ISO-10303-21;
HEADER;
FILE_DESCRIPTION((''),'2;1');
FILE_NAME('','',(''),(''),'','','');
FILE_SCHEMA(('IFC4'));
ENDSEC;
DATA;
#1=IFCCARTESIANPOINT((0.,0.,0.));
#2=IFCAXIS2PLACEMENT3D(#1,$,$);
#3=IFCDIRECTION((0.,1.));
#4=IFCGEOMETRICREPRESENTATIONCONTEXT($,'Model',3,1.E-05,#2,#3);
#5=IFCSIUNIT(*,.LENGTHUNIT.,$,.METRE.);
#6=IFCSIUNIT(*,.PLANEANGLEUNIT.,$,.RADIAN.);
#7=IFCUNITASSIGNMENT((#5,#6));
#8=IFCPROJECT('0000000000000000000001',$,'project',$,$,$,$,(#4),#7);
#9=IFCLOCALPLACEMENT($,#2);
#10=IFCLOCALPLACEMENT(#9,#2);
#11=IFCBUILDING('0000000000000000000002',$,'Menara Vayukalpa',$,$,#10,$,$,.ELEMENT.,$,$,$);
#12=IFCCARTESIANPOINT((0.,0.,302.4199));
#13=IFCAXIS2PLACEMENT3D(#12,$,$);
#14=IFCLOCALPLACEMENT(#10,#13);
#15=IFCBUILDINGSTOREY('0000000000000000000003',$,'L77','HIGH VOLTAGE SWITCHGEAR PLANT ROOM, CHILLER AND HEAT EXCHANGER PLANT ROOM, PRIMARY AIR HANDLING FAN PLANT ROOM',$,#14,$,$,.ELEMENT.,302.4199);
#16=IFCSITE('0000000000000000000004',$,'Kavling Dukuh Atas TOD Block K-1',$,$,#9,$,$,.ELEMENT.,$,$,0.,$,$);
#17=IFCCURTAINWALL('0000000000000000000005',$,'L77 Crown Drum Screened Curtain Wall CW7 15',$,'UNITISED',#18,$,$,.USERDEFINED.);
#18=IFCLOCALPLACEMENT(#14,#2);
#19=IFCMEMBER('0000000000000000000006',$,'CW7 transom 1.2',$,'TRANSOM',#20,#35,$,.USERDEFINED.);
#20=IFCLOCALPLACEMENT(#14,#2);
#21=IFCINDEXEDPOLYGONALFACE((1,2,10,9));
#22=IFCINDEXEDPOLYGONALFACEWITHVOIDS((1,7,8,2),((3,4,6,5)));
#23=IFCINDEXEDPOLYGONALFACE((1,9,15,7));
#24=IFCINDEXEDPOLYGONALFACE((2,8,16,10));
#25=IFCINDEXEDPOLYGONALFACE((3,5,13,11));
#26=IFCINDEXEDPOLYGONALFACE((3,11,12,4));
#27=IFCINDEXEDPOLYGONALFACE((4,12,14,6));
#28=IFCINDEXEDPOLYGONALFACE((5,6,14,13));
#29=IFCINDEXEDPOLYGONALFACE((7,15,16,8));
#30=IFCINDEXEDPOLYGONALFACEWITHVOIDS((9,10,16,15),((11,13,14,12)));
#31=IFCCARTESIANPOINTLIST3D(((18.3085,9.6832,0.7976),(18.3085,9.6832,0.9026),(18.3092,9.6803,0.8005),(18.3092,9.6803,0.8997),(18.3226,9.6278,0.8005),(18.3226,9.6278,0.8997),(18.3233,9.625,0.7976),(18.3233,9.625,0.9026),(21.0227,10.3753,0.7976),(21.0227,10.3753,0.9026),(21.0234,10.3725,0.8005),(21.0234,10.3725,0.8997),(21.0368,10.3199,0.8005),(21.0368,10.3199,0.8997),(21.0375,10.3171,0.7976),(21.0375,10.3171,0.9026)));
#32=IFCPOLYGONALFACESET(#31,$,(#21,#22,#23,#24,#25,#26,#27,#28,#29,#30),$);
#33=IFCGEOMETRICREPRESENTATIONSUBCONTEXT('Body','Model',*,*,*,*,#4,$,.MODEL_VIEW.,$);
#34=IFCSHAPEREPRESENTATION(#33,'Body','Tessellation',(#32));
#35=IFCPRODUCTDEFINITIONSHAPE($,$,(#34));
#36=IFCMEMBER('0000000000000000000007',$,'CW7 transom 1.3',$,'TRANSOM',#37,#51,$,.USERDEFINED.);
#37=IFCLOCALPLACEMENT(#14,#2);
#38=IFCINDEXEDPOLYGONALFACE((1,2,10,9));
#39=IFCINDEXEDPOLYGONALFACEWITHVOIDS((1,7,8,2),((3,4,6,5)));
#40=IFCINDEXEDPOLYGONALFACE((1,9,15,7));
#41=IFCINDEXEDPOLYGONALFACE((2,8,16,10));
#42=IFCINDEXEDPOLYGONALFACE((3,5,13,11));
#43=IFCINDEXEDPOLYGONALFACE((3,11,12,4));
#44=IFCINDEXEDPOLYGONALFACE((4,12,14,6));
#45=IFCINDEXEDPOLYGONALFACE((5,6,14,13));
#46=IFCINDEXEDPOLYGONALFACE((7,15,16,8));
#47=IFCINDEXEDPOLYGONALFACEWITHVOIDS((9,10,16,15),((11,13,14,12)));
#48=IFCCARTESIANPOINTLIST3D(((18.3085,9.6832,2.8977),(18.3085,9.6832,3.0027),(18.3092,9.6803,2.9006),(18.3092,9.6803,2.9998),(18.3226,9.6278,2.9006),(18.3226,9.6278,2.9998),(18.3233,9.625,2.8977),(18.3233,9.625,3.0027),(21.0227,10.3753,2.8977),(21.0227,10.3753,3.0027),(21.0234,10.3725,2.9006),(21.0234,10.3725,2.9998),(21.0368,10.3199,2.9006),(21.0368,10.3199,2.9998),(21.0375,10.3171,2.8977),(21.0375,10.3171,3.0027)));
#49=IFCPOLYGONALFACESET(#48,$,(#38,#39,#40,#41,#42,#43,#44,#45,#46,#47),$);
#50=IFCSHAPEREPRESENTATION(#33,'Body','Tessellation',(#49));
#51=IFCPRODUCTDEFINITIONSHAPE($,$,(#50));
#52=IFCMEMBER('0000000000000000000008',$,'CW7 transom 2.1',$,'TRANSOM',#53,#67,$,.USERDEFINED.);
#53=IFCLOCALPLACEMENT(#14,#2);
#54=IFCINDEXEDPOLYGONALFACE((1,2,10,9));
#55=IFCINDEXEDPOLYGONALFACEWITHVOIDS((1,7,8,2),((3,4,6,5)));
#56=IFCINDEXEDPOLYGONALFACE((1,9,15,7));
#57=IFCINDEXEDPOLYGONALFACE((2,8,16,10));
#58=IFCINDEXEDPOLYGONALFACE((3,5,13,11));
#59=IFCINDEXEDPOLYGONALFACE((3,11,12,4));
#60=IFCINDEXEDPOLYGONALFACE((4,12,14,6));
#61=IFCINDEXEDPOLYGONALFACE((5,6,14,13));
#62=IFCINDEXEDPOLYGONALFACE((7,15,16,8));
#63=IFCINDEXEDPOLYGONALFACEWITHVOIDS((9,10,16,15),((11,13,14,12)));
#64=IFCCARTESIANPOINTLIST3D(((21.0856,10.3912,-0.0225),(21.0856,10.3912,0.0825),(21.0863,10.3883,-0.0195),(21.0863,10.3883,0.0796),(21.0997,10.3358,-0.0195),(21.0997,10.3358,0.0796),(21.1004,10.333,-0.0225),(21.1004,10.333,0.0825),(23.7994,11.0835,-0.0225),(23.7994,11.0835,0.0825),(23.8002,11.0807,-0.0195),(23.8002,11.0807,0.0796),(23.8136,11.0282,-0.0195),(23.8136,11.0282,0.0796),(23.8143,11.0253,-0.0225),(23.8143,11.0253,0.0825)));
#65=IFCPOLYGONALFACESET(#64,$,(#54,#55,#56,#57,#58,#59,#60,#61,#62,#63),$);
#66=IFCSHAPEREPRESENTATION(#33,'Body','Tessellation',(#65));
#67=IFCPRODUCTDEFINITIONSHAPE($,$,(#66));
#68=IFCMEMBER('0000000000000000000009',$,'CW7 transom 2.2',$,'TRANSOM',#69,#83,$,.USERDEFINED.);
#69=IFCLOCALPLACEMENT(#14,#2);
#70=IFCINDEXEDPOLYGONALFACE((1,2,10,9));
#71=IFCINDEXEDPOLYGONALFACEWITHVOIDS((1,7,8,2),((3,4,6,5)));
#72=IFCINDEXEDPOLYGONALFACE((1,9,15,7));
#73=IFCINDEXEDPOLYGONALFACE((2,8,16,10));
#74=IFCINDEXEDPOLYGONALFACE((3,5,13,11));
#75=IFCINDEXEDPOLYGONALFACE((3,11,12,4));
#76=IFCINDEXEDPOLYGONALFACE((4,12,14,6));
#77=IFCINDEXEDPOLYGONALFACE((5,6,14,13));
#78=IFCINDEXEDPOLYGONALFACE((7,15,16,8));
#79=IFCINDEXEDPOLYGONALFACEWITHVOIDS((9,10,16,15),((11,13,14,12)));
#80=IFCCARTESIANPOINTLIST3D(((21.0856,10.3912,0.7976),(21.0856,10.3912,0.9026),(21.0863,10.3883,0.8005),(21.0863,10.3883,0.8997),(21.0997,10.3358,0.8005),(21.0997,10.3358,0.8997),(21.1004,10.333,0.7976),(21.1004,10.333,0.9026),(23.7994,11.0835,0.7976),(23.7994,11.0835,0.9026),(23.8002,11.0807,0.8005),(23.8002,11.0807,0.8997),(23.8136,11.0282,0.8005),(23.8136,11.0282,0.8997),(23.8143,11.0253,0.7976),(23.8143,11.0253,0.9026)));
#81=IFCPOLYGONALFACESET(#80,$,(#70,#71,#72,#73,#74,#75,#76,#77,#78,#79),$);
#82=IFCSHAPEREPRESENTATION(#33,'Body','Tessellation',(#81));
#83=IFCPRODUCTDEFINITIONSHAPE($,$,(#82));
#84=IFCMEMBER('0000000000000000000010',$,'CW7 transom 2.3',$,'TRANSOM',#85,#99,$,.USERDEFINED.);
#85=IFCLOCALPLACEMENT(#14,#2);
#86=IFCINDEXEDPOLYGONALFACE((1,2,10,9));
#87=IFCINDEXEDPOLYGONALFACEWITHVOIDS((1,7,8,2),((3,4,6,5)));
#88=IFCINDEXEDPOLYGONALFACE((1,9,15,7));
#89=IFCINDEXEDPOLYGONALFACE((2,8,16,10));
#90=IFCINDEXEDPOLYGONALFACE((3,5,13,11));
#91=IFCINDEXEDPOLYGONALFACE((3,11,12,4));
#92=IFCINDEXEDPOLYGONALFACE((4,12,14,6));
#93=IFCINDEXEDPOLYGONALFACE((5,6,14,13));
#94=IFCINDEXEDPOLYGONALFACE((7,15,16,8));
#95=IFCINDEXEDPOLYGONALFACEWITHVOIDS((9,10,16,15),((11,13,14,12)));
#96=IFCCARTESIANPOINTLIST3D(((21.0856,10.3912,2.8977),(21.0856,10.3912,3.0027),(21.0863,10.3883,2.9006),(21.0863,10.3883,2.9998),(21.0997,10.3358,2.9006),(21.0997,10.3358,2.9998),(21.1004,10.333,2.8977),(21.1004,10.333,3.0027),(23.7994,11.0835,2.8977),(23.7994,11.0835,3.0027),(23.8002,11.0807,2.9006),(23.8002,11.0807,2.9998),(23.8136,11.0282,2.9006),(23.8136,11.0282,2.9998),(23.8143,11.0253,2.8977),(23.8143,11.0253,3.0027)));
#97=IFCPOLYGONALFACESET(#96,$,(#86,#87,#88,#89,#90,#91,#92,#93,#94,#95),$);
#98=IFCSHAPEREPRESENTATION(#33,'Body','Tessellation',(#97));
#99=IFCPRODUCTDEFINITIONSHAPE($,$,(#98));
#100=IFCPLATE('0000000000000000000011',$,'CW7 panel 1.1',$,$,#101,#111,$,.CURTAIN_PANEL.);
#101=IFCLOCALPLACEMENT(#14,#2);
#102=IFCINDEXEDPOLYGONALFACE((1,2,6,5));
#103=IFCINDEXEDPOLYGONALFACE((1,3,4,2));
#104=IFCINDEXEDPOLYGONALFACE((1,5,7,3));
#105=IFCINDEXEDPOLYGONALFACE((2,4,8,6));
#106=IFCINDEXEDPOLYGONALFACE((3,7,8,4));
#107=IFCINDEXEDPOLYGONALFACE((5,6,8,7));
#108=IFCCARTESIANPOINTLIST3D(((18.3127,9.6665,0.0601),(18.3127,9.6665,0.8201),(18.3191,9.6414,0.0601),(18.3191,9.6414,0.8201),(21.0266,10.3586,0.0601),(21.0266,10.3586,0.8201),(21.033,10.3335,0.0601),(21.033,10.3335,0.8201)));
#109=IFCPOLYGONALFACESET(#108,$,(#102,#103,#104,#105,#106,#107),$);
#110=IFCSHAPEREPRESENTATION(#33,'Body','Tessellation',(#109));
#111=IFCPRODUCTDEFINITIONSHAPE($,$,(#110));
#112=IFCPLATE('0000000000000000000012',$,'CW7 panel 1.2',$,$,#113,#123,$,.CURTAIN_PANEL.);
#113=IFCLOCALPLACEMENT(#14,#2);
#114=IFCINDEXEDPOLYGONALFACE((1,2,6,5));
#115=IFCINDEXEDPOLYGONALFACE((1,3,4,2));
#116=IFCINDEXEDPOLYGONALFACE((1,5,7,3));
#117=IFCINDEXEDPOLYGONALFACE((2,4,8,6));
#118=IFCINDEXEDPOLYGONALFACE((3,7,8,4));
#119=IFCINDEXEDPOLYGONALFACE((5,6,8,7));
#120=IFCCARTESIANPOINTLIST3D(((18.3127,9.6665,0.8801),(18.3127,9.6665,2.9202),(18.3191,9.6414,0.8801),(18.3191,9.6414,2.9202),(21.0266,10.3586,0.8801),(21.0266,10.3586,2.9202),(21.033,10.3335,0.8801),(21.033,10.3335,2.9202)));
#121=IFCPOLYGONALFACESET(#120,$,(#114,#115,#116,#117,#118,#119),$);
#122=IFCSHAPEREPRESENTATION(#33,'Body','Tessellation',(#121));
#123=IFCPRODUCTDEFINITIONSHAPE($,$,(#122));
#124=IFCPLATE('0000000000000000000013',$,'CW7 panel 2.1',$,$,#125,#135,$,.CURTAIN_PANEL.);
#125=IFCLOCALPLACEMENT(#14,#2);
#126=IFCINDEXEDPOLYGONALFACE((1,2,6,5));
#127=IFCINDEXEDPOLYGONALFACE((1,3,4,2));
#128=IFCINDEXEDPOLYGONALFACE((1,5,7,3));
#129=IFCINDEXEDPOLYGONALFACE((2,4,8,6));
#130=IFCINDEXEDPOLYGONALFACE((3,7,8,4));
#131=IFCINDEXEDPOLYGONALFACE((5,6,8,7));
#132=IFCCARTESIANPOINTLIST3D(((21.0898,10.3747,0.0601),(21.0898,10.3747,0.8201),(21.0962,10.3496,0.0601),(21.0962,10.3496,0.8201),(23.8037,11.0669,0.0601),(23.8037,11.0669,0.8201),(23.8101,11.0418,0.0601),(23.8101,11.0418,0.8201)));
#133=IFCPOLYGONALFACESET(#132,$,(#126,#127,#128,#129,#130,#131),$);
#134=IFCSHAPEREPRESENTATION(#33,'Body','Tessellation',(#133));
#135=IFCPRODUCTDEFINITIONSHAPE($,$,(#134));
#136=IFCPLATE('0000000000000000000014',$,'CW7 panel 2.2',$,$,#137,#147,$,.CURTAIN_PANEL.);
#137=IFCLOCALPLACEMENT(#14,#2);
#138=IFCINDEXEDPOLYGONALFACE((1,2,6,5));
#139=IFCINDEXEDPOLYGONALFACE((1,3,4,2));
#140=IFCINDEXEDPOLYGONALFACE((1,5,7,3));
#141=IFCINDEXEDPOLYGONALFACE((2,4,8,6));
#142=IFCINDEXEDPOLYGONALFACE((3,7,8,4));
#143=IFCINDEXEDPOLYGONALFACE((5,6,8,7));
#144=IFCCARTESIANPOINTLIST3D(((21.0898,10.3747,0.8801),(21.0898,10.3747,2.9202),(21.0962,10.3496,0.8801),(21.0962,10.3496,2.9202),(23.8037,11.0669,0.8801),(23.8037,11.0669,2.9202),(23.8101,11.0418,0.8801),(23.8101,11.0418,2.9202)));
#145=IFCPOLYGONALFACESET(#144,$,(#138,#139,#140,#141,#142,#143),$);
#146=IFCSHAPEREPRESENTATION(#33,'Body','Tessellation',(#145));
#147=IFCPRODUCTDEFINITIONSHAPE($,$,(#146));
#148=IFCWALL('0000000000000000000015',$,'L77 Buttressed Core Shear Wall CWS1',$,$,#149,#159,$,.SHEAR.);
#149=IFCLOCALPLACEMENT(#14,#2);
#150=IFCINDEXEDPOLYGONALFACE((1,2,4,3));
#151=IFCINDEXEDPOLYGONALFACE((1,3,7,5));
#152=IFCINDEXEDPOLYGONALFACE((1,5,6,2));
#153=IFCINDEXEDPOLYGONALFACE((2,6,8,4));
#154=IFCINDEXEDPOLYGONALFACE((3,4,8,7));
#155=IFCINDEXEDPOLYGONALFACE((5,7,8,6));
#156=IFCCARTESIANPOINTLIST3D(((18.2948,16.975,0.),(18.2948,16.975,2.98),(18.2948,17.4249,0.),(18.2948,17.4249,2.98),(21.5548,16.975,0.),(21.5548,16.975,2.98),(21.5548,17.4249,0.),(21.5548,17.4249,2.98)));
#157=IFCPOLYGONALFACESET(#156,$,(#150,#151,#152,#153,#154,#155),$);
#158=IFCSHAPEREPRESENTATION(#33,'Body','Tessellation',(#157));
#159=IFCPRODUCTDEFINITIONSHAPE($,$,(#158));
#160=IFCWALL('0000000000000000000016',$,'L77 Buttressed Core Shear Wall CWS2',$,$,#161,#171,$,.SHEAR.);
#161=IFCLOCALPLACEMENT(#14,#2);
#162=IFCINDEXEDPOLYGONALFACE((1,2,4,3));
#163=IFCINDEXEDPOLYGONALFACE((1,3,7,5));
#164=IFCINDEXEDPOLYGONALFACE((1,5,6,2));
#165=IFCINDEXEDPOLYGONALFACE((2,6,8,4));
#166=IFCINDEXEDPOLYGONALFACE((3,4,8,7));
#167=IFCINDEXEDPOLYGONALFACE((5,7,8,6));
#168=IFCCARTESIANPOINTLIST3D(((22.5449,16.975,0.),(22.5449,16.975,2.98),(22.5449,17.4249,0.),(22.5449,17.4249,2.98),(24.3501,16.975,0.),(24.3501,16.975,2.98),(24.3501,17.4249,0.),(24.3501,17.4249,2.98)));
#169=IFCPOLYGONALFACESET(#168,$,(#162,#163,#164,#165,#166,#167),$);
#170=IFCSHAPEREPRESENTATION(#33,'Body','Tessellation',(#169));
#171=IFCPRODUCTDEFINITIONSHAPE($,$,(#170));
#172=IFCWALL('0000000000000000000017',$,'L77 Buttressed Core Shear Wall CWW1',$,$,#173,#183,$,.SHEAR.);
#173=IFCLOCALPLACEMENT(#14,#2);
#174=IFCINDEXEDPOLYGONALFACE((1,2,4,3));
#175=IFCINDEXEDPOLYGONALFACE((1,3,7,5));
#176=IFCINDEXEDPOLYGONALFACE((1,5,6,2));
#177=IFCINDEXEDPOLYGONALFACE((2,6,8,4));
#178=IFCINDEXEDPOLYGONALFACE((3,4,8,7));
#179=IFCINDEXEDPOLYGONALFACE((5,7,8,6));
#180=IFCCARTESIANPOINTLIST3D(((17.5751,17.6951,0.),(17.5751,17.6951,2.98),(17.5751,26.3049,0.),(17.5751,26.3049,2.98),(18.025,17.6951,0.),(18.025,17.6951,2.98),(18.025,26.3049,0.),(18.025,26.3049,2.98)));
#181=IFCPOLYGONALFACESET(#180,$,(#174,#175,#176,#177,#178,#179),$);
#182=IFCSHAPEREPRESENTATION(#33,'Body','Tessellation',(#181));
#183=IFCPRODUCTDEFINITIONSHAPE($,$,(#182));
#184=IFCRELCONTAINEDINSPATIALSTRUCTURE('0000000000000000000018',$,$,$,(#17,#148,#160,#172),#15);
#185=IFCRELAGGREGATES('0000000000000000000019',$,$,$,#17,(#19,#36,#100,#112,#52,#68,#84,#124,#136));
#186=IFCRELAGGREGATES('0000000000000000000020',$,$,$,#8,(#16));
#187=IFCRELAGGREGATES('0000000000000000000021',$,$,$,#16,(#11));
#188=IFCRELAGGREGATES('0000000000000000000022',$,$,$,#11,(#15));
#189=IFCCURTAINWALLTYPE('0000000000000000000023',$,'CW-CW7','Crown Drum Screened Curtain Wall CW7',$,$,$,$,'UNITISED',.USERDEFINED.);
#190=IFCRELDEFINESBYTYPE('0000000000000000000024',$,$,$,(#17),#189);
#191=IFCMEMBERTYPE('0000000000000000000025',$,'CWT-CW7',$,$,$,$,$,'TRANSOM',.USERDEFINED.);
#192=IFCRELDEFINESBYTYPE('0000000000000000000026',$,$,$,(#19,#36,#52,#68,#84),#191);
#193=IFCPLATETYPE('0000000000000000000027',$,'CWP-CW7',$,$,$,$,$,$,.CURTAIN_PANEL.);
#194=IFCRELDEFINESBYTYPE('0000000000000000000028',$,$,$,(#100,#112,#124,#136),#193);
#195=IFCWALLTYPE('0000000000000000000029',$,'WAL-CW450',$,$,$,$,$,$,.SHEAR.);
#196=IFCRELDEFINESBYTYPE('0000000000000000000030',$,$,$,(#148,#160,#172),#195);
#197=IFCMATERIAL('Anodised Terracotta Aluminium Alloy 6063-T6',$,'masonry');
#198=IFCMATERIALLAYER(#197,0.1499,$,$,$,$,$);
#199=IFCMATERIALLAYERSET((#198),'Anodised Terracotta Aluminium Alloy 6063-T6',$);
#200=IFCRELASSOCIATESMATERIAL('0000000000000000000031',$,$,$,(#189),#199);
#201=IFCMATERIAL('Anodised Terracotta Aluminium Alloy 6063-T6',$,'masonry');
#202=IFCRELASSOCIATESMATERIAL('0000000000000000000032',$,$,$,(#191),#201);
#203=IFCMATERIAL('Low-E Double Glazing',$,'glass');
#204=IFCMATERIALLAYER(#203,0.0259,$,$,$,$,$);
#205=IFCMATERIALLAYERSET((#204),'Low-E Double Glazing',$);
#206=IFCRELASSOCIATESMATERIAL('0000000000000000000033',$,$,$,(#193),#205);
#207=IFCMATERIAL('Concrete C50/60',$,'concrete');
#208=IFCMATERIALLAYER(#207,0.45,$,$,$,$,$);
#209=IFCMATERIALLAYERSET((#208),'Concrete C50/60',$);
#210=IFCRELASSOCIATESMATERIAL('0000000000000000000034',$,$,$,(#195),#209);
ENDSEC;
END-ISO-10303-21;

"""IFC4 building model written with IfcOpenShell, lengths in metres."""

from ifc_helpers import new_model, si_unit, direction, frame, frame_2d, origin, origin_2d, place, context, subcontext, project, spatial, rectangle, hollow_rectangle, extrude, material, layer, layer_set, material_profile, profile_set, type_object, element, aggregate, save


model = new_model("IFC4")

# Units and contexts
model_context = context("Model", 3, precision=1e-05, world=origin(), true_north=direction((0.0, 1.0)))
body_context = subcontext(model_context, "Body", "Model", "MODEL_VIEW")
ifc_project = project(units=[si_unit("LENGTHUNIT", "METRE"), si_unit("PLANEANGLEUNIT", "RADIAN")], contexts=[model_context])

# Site, building, storey
site_placement = place(None, origin())
site = spatial("IfcSite", under=ifc_project, at=site_placement, Name="Kavling Dukuh Atas TOD Block K-1", CompositionType="ELEMENT", RefElevation=0.0)
building_placement = place(site_placement, origin())
building = spatial("IfcBuilding", under=site, at=building_placement, Name="Menara Vayukalpa", CompositionType="ELEMENT")
storey_placement = place(building_placement, frame((0.0, 0.0, 302.4199)))
storey = spatial("IfcBuildingStorey", under=building, at=storey_placement, Name="L77", Description="HIGH VOLTAGE SWITCHGEAR PLANT ROOM, CHILLER AND HEAT EXCHANGER PLANT ROOM, PRIMARY AIR HANDLING FAN PLANT ROOM", CompositionType="ELEMENT", Elevation=302.4199)

# Curtain wall, members, plates
ifc_material_1 = material(Name="Anodised Terracotta Aluminium Alloy 6063-T6", Category="masonry")
ifc_layer_1 = layer(ifc_material_1, 0.1499)
ifc_layer_set_1 = layer_set([ifc_layer_1], Name="Anodised Terracotta Aluminium Alloy 6063-T6")
curtain_wall_type = type_object("IfcCurtainWallType", Name="CW-CW7", Description="Crown Drum Screened Curtain Wall CW7", ElementType="UNITISED", PredefinedType="USERDEFINED", material=ifc_layer_set_1)
curtain_wall_placement = place(storey_placement, origin())
curtain_wall = element("IfcCurtainWall", 1, at=curtain_wall_placement, inside=storey, type_object=curtain_wall_type, Name="L77 Crown Drum Screened Curtain Wall CW7 15", ObjectType="UNITISED", PredefinedType="USERDEFINED")
ifc_material_2 = material(Name="Anodised Terracotta Aluminium Alloy 6063-T6", Category="masonry")
ifc_material_profile_1 = material_profile(ifc_material_2, hollow_rectangle(XDim=0.0601, YDim=0.105, WallThickness=0.0029, at=origin_2d()), Name="ALU 60x105x3")
ifc_profile_set_1 = profile_set([ifc_material_profile_1], Name="Anodised Terracotta Aluminium Alloy 6063-T6")
member_type_1 = type_object("IfcMemberType", Name="CWT-CW7", ElementType="TRANSOM", PredefinedType="USERDEFINED", material=ifc_profile_set_1)
member_1_placement = place(storey_placement, frame((18.3159, 9.6541, 0.8501), z_axis=(0.968988, 0.247106, 0.0), x_axis=(-0.247106, 0.968988, 0.0)))
member_1 = element("IfcMember", 2, at=member_1_placement, type_object=member_type_1, Name="CW7 transom 1.2", ObjectType="TRANSOM", PredefinedType="USERDEFINED", context=body_context, shape_type="SweptSolid", body=[
    extrude(hollow_rectangle(XDim=0.0601, YDim=0.105, WallThickness=0.0029, at=origin_2d()), origin(), (0.0, 0.0, 1.0), 2.801),
])
member_2_placement = place(storey_placement, frame((18.3159, 9.6541, 2.9502), z_axis=(0.968988, 0.247106, 0.0), x_axis=(-0.247106, 0.968988, 0.0)))
member_2 = element("IfcMember", 3, at=member_2_placement, type_object=member_type_1, Name="CW7 transom 1.3", ObjectType="TRANSOM", PredefinedType="USERDEFINED", context=body_context, shape_type="SweptSolid", body=[
    extrude(hollow_rectangle(XDim=0.0601, YDim=0.105, WallThickness=0.0029, at=origin_2d()), origin(), (0.0, 0.0, 1.0), 2.801),
])
member_3_placement = place(storey_placement, frame((21.093, 10.3621, 0.03), z_axis=(0.968962, 0.247209, 0.0), x_axis=(-0.247209, 0.968962, 0.0)))
member_3 = element("IfcMember", 4, at=member_3_placement, type_object=member_type_1, Name="CW7 transom 2.1", ObjectType="TRANSOM", PredefinedType="USERDEFINED", context=body_context, shape_type="SweptSolid", body=[
    extrude(hollow_rectangle(XDim=0.0601, YDim=0.105, WallThickness=0.0029, at=origin_2d()), origin(), (0.0, 0.0, 1.0), 2.8008),
])
member_4_placement = place(storey_placement, frame((21.093, 10.3621, 0.8501), z_axis=(0.968962, 0.247209, 0.0), x_axis=(-0.247209, 0.968962, 0.0)))
member_4 = element("IfcMember", 5, at=member_4_placement, type_object=member_type_1, Name="CW7 transom 2.2", ObjectType="TRANSOM", PredefinedType="USERDEFINED", context=body_context, shape_type="SweptSolid", body=[
    extrude(hollow_rectangle(XDim=0.0601, YDim=0.105, WallThickness=0.0029, at=origin_2d()), origin(), (0.0, 0.0, 1.0), 2.8008),
])
member_5_placement = place(storey_placement, frame((21.093, 10.3621, 2.9502), z_axis=(0.968962, 0.247209, 0.0), x_axis=(-0.247209, 0.968962, 0.0)))
member_5 = element("IfcMember", 6, at=member_5_placement, type_object=member_type_1, Name="CW7 transom 2.3", ObjectType="TRANSOM", PredefinedType="USERDEFINED", context=body_context, shape_type="SweptSolid", body=[
    extrude(hollow_rectangle(XDim=0.0601, YDim=0.105, WallThickness=0.0029, at=origin_2d()), origin(), (0.0, 0.0, 1.0), 2.8008),
])
ifc_material_3 = material(Name="Low-E Double Glazing", Category="glass")
ifc_layer_2 = layer(ifc_material_3, 0.0259)
ifc_layer_set_2 = layer_set([ifc_layer_2], Name="Low-E Double Glazing")
plate_type = type_object("IfcPlateType", Name="CWP-CW7", PredefinedType="CURTAIN_PANEL", material=ifc_layer_set_2)
plate_1_placement = place(storey_placement, frame((19.6729, 10.0, 0.0601), z_axis=(0.0, 0.0, 1.0), x_axis=(0.968984, 0.247124, 0.0)))
plate_1 = element("IfcPlate", 7, at=plate_1_placement, type_object=plate_type, Name="CW7 panel 1.1", PredefinedType="CURTAIN_PANEL", context=body_context, shape_type="SweptSolid", body=[
    extrude(rectangle(XDim=2.8008, YDim=0.0259, at=origin_2d()), origin(), (0.0, 0.0, 1.0), 0.76),
])
plate_2_placement = place(storey_placement, frame((19.6729, 10.0, 0.8801), z_axis=(0.0, 0.0, 1.0), x_axis=(0.968984, 0.247124, 0.0)))
plate_2 = element("IfcPlate", 8, at=plate_2_placement, type_object=plate_type, Name="CW7 panel 1.2", PredefinedType="CURTAIN_PANEL", context=body_context, shape_type="SweptSolid", body=[
    extrude(rectangle(XDim=2.8008, YDim=0.0259, at=origin_2d()), origin(), (0.0, 0.0, 1.0), 2.04),
])
plate_3_placement = place(storey_placement, frame((22.45, 10.7083, 0.0601), z_axis=(0.0, 0.0, 1.0), x_axis=(0.968984, 0.247124, 0.0)))
plate_3 = element("IfcPlate", 9, at=plate_3_placement, type_object=plate_type, Name="CW7 panel 2.1", PredefinedType="CURTAIN_PANEL", context=body_context, shape_type="SweptSolid", body=[
    extrude(rectangle(XDim=2.8008, YDim=0.0259, at=origin_2d()), origin(), (0.0, 0.0, 1.0), 0.76),
])
plate_4_placement = place(storey_placement, frame((22.45, 10.7083, 0.8801), z_axis=(0.0, 0.0, 1.0), x_axis=(0.968984, 0.247124, 0.0)))
plate_4 = element("IfcPlate", 10, at=plate_4_placement, type_object=plate_type, Name="CW7 panel 2.2", PredefinedType="CURTAIN_PANEL", context=body_context, shape_type="SweptSolid", body=[
    extrude(rectangle(XDim=2.8008, YDim=0.0259, at=origin_2d()), origin(), (0.0, 0.0, 1.0), 2.04),
])
aggregate(curtain_wall, [member_1, member_2, plate_1, plate_2, member_3, member_4, member_5, plate_3, plate_4])

# Walls
ifc_material_4 = material(Name="Concrete C50/60", Category="concrete")
ifc_layer_3 = layer(ifc_material_4, 0.45)
ifc_layer_set_3 = layer_set([ifc_layer_3], Name="Concrete C50/60")
wall_type_1 = type_object("IfcWallType", Name="WAL-CW450", PredefinedType="SHEAR", material=ifc_layer_set_3)
wall_1_placement = place(storey_placement, frame((18.2949, 17.2, 0.0), z_axis=(0.0, 0.0, 1.0), x_axis=(1.0, 0.0, 0.0)))
element("IfcWall", 11, at=wall_1_placement, inside=storey, type_object=wall_type_1, Name="L77 Buttressed Core Shear Wall CWS1", PredefinedType="SHEAR", context=body_context, shape_type="SweptSolid", body=[
    extrude(rectangle(XDim=3.26, YDim=0.45, at=frame_2d((1.6299, 0.0))), origin(), (0.0, 0.0, 1.0), 2.98),
])
wall_2_placement = place(storey_placement, frame((22.5449, 17.2, 0.0), z_axis=(0.0, 0.0, 1.0), x_axis=(1.0, 0.0, 0.0)))
element("IfcWall", 12, at=wall_2_placement, inside=storey, type_object=wall_type_1, Name="L77 Buttressed Core Shear Wall CWS2", PredefinedType="SHEAR", context=body_context, shape_type="SweptSolid", body=[
    extrude(rectangle(XDim=1.8052, YDim=0.45, at=frame_2d((0.9026, 0.0))), origin(), (0.0, 0.0, 1.0), 2.98),
])
wall_3_placement = place(storey_placement, frame((17.8, 17.6951, 0.0), z_axis=(0.0, 0.0, 1.0), x_axis=(0.0, 1.0, 0.0)))
element("IfcWall", 13, at=wall_3_placement, inside=storey, type_object=wall_type_1, Name="L77 Buttressed Core Shear Wall CWW1", PredefinedType="SHEAR", context=body_context, shape_type="SweptSolid", body=[
    extrude(rectangle(XDim=8.6099, YDim=0.45, at=frame_2d((4.3049, 0.0))), origin(), (0.0, 0.0, 1.0), 2.98),
])

save(model, "model.ifc")
